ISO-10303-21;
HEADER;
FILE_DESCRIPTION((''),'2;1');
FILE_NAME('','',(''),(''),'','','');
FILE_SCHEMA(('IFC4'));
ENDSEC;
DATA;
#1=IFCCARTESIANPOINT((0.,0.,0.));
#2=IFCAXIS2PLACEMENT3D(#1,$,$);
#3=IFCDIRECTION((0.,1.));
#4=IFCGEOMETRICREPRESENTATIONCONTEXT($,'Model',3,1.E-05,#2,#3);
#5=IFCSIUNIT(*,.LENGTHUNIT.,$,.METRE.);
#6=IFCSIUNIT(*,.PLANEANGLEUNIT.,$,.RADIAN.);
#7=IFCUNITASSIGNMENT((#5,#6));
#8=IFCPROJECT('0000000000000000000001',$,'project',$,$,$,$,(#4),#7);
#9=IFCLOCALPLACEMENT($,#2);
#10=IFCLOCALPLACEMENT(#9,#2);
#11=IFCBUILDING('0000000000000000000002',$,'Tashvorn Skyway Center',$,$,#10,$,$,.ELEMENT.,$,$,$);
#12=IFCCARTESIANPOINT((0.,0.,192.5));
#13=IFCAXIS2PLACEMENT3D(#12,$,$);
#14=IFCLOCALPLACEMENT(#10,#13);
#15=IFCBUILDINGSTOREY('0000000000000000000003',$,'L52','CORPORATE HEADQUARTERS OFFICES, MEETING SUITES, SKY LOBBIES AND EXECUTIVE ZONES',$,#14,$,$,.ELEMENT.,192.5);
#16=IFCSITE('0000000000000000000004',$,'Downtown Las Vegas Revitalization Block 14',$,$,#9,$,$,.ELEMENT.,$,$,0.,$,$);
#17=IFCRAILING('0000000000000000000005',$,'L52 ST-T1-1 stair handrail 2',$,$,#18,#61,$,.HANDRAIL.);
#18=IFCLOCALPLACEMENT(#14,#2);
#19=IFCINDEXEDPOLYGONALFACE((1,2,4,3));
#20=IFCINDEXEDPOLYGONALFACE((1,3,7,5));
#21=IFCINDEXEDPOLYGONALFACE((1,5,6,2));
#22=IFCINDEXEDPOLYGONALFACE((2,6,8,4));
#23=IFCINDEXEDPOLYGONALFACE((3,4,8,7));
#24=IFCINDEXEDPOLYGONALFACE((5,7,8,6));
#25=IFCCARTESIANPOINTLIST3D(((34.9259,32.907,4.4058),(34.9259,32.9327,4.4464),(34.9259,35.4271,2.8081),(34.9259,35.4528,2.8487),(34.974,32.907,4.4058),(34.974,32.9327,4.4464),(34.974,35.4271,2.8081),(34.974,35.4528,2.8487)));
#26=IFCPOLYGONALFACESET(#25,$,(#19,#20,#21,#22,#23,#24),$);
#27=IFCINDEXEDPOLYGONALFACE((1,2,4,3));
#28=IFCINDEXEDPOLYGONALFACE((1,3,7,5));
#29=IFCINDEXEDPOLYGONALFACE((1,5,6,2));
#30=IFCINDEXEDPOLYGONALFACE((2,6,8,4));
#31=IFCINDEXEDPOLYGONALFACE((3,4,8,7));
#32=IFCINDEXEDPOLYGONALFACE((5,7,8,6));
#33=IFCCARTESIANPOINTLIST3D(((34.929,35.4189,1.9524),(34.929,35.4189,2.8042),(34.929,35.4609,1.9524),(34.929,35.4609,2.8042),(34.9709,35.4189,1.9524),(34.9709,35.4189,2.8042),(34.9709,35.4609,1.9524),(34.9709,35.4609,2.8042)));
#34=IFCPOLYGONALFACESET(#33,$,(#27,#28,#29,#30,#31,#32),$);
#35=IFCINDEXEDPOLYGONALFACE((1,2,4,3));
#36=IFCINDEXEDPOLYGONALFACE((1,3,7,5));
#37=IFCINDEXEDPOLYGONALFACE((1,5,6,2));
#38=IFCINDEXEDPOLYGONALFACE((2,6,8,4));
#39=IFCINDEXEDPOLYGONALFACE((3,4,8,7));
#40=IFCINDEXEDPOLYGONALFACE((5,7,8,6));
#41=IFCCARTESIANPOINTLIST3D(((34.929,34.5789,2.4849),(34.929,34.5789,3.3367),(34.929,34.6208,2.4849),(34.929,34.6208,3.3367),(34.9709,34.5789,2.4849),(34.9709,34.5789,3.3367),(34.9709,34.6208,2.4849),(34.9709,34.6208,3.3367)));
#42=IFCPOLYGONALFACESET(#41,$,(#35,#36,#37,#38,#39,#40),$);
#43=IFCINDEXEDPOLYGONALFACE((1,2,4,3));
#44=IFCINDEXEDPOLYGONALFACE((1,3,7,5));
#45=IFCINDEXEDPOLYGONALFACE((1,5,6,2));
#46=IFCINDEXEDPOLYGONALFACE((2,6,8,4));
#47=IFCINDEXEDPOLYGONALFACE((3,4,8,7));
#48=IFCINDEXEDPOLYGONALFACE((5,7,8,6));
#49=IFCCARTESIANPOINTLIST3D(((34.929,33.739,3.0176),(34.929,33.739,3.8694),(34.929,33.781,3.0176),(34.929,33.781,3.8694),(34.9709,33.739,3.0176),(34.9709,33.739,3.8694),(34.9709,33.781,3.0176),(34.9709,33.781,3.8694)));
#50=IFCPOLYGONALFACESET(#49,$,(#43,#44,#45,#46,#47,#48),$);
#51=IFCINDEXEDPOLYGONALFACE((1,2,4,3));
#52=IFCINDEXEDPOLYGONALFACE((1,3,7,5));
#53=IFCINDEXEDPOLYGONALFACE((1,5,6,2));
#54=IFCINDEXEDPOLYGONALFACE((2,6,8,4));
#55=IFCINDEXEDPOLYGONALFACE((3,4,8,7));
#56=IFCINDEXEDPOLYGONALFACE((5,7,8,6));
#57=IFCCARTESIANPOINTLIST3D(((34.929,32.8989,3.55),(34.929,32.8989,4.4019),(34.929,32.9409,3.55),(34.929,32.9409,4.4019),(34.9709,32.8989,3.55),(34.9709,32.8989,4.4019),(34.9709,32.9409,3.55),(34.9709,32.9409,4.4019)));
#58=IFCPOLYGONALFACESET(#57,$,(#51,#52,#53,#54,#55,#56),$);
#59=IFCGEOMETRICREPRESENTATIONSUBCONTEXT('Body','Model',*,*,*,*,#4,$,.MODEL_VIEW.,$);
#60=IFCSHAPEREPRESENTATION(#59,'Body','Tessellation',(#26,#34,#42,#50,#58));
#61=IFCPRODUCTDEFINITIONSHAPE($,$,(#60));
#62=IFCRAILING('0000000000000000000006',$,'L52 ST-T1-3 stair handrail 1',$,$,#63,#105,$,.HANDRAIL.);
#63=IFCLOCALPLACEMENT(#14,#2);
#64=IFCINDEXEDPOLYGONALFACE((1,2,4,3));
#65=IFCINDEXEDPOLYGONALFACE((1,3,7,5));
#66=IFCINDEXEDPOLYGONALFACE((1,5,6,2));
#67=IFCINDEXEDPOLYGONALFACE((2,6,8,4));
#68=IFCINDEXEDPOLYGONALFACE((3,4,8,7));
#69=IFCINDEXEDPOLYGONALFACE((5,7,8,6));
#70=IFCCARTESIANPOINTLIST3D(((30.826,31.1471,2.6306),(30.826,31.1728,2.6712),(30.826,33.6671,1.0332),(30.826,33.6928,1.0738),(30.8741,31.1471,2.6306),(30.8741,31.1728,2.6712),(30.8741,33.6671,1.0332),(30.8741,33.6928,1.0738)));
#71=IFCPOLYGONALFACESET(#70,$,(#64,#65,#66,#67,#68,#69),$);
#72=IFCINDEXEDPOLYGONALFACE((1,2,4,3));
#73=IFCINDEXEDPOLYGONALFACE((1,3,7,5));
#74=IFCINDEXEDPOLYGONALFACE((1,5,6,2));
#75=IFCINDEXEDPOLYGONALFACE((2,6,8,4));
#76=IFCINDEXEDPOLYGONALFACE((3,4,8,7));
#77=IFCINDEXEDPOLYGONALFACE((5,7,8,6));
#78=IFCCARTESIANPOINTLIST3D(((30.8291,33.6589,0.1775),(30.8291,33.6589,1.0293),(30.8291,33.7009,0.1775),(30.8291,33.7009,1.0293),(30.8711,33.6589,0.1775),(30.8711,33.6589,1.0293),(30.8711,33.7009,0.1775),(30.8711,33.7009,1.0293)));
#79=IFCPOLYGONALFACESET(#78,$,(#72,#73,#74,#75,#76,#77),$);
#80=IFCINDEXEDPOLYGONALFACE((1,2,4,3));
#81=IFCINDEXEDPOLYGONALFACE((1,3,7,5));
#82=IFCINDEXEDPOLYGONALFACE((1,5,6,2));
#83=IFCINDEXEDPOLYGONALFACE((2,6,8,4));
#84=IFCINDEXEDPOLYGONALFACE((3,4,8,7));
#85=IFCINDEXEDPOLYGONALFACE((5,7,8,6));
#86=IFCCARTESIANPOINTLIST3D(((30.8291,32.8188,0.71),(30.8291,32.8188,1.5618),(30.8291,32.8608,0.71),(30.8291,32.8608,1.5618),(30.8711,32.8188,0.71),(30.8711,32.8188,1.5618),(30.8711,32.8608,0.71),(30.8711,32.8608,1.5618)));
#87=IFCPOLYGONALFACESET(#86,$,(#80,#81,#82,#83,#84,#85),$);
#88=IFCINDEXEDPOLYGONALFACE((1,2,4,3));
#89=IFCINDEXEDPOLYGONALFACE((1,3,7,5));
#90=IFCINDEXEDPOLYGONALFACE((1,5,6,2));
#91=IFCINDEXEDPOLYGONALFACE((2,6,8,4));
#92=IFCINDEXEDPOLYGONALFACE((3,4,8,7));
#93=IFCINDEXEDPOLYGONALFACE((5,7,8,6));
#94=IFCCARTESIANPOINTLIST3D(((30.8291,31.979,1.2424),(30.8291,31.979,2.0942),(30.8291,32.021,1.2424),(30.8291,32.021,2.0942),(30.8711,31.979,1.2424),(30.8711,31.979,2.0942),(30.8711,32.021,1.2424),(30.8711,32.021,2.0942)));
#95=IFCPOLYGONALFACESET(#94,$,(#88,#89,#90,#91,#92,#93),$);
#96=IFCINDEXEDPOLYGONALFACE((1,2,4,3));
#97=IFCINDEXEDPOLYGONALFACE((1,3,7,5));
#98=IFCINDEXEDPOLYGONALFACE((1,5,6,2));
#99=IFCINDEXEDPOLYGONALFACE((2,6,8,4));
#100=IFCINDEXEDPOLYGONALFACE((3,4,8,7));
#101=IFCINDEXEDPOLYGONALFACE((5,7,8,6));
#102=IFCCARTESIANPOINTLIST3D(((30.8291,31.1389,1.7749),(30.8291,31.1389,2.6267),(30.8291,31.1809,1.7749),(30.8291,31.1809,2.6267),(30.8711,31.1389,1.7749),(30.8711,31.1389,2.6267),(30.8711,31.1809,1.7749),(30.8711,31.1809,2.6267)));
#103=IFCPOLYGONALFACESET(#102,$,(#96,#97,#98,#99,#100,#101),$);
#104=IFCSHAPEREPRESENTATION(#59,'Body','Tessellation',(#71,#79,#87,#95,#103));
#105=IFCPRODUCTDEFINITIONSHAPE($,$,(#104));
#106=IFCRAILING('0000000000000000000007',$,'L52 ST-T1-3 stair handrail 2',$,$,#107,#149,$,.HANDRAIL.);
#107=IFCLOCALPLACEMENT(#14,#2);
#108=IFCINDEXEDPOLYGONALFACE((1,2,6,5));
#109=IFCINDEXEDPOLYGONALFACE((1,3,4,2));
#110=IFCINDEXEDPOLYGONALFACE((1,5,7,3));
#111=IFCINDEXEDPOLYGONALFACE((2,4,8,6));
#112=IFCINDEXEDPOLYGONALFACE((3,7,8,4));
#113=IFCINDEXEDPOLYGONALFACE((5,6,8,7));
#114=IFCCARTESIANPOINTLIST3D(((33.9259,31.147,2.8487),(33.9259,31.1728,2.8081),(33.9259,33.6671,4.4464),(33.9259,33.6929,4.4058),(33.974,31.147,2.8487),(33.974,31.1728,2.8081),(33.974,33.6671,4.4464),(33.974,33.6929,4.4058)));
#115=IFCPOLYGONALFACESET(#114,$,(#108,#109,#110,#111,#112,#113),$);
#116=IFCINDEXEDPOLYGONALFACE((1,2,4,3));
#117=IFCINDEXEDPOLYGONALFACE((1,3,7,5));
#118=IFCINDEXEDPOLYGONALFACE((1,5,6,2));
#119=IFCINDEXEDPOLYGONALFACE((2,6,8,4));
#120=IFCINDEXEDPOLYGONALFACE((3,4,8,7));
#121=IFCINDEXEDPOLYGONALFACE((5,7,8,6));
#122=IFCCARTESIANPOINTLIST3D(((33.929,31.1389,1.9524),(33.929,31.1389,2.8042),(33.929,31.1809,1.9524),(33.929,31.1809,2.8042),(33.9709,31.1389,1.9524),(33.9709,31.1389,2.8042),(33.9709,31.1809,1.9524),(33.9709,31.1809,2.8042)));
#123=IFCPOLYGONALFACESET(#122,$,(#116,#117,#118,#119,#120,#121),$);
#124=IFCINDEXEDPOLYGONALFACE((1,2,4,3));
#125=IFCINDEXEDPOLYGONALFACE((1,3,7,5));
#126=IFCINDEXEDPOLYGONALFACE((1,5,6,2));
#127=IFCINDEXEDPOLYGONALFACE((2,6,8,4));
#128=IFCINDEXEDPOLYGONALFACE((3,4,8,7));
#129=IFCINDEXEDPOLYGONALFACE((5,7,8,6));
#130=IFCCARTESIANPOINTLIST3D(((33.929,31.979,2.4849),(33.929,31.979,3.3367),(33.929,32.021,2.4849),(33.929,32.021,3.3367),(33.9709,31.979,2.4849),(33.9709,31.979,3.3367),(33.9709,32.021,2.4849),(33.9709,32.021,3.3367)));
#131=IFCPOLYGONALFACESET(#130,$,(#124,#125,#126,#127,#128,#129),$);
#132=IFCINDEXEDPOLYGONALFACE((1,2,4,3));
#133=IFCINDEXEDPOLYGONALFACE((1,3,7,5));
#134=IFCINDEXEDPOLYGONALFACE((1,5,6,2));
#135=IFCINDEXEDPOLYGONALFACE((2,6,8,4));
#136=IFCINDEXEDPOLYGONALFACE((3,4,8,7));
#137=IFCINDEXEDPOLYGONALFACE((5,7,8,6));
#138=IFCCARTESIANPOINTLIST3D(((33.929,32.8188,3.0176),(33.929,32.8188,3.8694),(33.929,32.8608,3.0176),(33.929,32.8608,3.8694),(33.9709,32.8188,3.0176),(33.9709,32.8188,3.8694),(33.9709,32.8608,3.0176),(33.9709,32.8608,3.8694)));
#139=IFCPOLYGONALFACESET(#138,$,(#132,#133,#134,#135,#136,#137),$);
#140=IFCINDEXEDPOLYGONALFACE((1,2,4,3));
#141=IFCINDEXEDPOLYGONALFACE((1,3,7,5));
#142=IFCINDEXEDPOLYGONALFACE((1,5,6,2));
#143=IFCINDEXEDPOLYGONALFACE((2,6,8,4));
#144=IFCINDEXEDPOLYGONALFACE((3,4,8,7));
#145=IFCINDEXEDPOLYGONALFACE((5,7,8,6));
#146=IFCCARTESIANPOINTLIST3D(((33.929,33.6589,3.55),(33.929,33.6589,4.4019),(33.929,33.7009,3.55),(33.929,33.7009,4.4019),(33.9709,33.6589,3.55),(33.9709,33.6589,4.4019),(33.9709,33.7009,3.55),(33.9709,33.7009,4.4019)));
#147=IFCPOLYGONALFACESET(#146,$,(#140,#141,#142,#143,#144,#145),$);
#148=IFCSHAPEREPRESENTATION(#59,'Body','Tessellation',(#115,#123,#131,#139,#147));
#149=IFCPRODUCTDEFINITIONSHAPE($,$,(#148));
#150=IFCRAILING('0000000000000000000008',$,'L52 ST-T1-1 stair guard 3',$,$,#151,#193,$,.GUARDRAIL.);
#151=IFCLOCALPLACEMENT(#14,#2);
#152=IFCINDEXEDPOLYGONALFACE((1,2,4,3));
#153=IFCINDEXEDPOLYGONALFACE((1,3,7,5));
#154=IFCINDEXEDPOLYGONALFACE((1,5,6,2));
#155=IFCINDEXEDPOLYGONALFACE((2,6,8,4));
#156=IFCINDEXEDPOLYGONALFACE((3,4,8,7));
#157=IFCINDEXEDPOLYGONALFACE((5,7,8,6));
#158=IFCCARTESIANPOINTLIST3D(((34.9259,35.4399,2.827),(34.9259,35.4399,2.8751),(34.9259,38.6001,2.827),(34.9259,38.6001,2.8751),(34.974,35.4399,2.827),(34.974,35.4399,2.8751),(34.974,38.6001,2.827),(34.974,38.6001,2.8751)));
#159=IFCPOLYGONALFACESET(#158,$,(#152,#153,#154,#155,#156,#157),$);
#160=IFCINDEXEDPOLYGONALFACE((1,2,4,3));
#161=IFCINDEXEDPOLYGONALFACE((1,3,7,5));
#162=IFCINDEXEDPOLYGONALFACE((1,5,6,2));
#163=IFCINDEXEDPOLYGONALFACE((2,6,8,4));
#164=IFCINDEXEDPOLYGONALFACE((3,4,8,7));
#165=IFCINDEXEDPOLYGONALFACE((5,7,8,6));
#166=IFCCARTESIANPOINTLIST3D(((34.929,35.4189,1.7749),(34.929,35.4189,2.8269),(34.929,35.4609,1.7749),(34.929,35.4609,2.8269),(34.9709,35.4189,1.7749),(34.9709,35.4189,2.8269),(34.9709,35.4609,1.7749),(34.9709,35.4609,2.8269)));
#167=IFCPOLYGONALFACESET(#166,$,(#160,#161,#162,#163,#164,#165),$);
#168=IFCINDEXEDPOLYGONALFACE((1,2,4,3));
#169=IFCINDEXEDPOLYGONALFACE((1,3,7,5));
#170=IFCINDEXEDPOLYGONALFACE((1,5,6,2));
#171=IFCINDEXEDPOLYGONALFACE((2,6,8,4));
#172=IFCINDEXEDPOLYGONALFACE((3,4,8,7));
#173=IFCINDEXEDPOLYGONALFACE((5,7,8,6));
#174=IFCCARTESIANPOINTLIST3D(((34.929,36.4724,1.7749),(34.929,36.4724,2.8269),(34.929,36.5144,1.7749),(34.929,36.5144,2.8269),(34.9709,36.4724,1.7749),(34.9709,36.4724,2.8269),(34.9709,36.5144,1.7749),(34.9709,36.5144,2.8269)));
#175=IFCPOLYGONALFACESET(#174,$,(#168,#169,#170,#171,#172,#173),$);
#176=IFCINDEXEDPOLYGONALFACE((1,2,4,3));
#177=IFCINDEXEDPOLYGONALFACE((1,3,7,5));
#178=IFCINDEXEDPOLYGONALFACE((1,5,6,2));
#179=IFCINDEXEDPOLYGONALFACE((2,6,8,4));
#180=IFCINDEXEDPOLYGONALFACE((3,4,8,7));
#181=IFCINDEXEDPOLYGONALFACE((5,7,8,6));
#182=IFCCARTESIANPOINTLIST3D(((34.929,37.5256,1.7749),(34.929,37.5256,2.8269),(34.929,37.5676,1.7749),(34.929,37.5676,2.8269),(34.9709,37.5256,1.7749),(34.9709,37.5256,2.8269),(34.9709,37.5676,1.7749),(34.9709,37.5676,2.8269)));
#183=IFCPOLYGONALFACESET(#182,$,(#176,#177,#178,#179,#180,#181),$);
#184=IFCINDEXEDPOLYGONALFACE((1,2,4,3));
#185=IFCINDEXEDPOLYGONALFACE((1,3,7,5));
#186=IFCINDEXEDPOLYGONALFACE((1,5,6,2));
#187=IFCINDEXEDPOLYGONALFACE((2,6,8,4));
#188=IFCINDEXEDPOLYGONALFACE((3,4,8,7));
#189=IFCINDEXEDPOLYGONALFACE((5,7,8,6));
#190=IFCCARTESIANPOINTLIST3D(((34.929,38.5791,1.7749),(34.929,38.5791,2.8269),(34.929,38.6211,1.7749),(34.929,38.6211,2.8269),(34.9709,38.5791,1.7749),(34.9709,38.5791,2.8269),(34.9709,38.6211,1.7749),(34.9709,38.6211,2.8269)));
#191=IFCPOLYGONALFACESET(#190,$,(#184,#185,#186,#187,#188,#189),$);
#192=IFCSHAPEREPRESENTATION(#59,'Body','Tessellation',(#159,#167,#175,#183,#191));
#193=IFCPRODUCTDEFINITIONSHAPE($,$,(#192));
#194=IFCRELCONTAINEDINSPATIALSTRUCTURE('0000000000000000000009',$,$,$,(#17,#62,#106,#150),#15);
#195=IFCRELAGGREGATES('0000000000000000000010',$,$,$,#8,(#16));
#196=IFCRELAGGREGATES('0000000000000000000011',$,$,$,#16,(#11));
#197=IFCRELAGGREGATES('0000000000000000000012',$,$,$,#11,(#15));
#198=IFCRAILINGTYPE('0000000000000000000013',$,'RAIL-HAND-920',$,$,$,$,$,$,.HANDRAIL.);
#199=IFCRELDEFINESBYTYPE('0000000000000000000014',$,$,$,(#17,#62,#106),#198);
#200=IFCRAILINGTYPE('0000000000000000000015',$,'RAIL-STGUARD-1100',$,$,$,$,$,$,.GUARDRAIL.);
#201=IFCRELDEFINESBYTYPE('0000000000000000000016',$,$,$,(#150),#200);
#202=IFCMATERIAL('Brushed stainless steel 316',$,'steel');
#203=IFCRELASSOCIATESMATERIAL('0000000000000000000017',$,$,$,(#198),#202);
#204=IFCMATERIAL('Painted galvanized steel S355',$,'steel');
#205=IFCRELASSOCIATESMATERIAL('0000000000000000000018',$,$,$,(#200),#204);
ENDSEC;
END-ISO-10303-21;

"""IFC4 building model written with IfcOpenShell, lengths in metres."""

from ifc_helpers import new_model, si_unit, direction, frame, origin, origin_2d, place, context, subcontext, project, spatial, rectangle, extrude, material, type_object, element, save


model = new_model("IFC4")

# Units and contexts
model_context = context("Model", 3, precision=1e-05, world=origin(), true_north=direction((0.0, 1.0)))
body_context = subcontext(model_context, "Body", "Model", "MODEL_VIEW")
ifc_project = project(units=[si_unit("LENGTHUNIT", "METRE"), si_unit("PLANEANGLEUNIT", "RADIAN")], contexts=[model_context])

# Site, building, storey
site_placement = place(None, origin())
site = spatial("IfcSite", under=ifc_project, at=site_placement, Name="Downtown Las Vegas Revitalization Block 14", CompositionType="ELEMENT", RefElevation=0.0)
building_placement = place(site_placement, origin())
building = spatial("IfcBuilding", under=site, at=building_placement, Name="Tashvorn Skyway Center", CompositionType="ELEMENT")
storey_placement = place(building_placement, frame((0.0, 0.0, 192.5)))
storey = spatial("IfcBuildingStorey", under=building, at=storey_placement, Name="L52", Description="CORPORATE HEADQUARTERS OFFICES, MEETING SUITES, SKY LOBBIES AND EXECUTIVE ZONES", CompositionType="ELEMENT", Elevation=192.5)

# Railings
ifc_material_1 = material(Name="Brushed stainless steel 316", Category="steel")
railing_type_1 = type_object("IfcRailingType", Name="RAIL-HAND-920", PredefinedType="HANDRAIL", material=ifc_material_1)
railing_1_placement = place(storey_placement, frame((34.95, 35.4399, 1.9524)))
element("IfcRailing", 1, at=railing_1_placement, inside=storey, type_object=railing_type_1, Name="L52 ST-T1-1 stair handrail 2", PredefinedType="HANDRAIL", context=body_context, shape_type="SweptSolid", body=[
    extrude(rectangle(XDim=0.0481, YDim=0.0481, at=origin_2d()), frame((0.0, 0.0, 0.876), z_axis=(0.0, -0.84457, 0.535445), x_axis=(1.0, 0.0, 0.0)), (0.0, 0.0, 1.0), 2.9839),
    extrude(rectangle(XDim=0.042, YDim=0.042, at=origin_2d()), origin(), (0.0, 0.0, 1.0), 0.8518),
    extrude(rectangle(XDim=0.042, YDim=0.042, at=origin_2d()), frame((0.0, -0.8401, 0.5325)), (0.0, 0.0, 1.0), 0.8518),
    extrude(rectangle(XDim=0.042, YDim=0.042, at=origin_2d()), frame((0.0, -1.6799, 1.0652)), (0.0, 0.0, 1.0), 0.8518),
    extrude(rectangle(XDim=0.042, YDim=0.042, at=origin_2d()), frame((0.0, -2.52, 1.5977)), (0.0, 0.0, 1.0), 0.8518),
])
railing_2_placement = place(storey_placement, frame((30.8501, 33.6799, 0.1775)))
element("IfcRailing", 2, at=railing_2_placement, inside=storey, type_object=railing_type_1, Name="L52 ST-T1-3 stair handrail 1", PredefinedType="HANDRAIL", context=body_context, shape_type="SweptSolid", body=[
    extrude(rectangle(XDim=0.0481, YDim=0.0481, at=origin_2d()), frame((0.0, 0.0, 0.876), z_axis=(0.0, -0.844607, 0.535387), x_axis=(1.0, 0.0, 0.0)), (0.0, 0.0, 1.0), 2.9836),
    extrude(rectangle(XDim=0.042, YDim=0.042, at=origin_2d()), origin(), (0.0, 0.0, 1.0), 0.8518),
    extrude(rectangle(XDim=0.042, YDim=0.042, at=origin_2d()), frame((0.0, -0.8401, 0.5325)), (0.0, 0.0, 1.0), 0.8518),
    extrude(rectangle(XDim=0.042, YDim=0.042, at=origin_2d()), frame((0.0, -1.6799, 1.0649)), (0.0, 0.0, 1.0), 0.8518),
    extrude(rectangle(XDim=0.042, YDim=0.042, at=origin_2d()), frame((0.0, -2.52, 1.5974)), (0.0, 0.0, 1.0), 0.8518),
])
railing_3_placement = place(storey_placement, frame((33.95, 31.1599, 1.9524)))
element("IfcRailing", 3, at=railing_3_placement, inside=storey, type_object=railing_type_1, Name="L52 ST-T1-3 stair handrail 2", PredefinedType="HANDRAIL", context=body_context, shape_type="SweptSolid", body=[
    extrude(rectangle(XDim=0.0481, YDim=0.0481, at=origin_2d()), frame((0.0, 0.0, 0.876), z_axis=(0.0, 0.84457, 0.535445), x_axis=(-1.0, 0.0, 0.0)), (0.0, 0.0, 1.0), 2.9839),
    extrude(rectangle(XDim=0.042, YDim=0.042, at=origin_2d()), origin(), (0.0, 0.0, 1.0), 0.8518),
    extrude(rectangle(XDim=0.042, YDim=0.042, at=origin_2d()), frame((0.0, 0.8401, 0.5325)), (0.0, 0.0, 1.0), 0.8518),
    extrude(rectangle(XDim=0.042, YDim=0.042, at=origin_2d()), frame((0.0, 1.6799, 1.0652)), (0.0, 0.0, 1.0), 0.8518),
    extrude(rectangle(XDim=0.042, YDim=0.042, at=origin_2d()), frame((0.0, 2.52, 1.5977)), (0.0, 0.0, 1.0), 0.8518),
])
ifc_material_2 = material(Name="Painted galvanized steel S355", Category="steel")
railing_type_2 = type_object("IfcRailingType", Name="RAIL-STGUARD-1100", PredefinedType="GUARDRAIL", material=ifc_material_2)
railing_4_placement = place(storey_placement, frame((34.95, 35.4399, 1.7749)))
element("IfcRailing", 4, at=railing_4_placement, inside=storey, type_object=railing_type_2, Name="L52 ST-T1-1 stair guard 3", PredefinedType="GUARDRAIL", context=body_context, shape_type="SweptSolid", body=[
    extrude(rectangle(XDim=0.0481, YDim=0.0481, at=origin_2d()), frame((0.0, 0.0, 1.0762), z_axis=(0.0, 1.0, 0.0), x_axis=(-1.0, 0.0, 0.0)), (0.0, 0.0, 1.0), 3.1602),
    extrude(rectangle(XDim=0.042, YDim=0.042, at=origin_2d()), origin(), (0.0, 0.0, 1.0), 1.052),
    extrude(rectangle(XDim=0.042, YDim=0.042, at=origin_2d()), frame((0.0, 1.0535, 0.0)), (0.0, 0.0, 1.0), 1.052),
    extrude(rectangle(XDim=0.042, YDim=0.042, at=origin_2d()), frame((0.0, 2.1067, 0.0)), (0.0, 0.0, 1.0), 1.052),
    extrude(rectangle(XDim=0.042, YDim=0.042, at=origin_2d()), frame((0.0, 3.1602, 0.0)), (0.0, 0.0, 1.0), 1.052),
])

save(model, "model.ifc")
